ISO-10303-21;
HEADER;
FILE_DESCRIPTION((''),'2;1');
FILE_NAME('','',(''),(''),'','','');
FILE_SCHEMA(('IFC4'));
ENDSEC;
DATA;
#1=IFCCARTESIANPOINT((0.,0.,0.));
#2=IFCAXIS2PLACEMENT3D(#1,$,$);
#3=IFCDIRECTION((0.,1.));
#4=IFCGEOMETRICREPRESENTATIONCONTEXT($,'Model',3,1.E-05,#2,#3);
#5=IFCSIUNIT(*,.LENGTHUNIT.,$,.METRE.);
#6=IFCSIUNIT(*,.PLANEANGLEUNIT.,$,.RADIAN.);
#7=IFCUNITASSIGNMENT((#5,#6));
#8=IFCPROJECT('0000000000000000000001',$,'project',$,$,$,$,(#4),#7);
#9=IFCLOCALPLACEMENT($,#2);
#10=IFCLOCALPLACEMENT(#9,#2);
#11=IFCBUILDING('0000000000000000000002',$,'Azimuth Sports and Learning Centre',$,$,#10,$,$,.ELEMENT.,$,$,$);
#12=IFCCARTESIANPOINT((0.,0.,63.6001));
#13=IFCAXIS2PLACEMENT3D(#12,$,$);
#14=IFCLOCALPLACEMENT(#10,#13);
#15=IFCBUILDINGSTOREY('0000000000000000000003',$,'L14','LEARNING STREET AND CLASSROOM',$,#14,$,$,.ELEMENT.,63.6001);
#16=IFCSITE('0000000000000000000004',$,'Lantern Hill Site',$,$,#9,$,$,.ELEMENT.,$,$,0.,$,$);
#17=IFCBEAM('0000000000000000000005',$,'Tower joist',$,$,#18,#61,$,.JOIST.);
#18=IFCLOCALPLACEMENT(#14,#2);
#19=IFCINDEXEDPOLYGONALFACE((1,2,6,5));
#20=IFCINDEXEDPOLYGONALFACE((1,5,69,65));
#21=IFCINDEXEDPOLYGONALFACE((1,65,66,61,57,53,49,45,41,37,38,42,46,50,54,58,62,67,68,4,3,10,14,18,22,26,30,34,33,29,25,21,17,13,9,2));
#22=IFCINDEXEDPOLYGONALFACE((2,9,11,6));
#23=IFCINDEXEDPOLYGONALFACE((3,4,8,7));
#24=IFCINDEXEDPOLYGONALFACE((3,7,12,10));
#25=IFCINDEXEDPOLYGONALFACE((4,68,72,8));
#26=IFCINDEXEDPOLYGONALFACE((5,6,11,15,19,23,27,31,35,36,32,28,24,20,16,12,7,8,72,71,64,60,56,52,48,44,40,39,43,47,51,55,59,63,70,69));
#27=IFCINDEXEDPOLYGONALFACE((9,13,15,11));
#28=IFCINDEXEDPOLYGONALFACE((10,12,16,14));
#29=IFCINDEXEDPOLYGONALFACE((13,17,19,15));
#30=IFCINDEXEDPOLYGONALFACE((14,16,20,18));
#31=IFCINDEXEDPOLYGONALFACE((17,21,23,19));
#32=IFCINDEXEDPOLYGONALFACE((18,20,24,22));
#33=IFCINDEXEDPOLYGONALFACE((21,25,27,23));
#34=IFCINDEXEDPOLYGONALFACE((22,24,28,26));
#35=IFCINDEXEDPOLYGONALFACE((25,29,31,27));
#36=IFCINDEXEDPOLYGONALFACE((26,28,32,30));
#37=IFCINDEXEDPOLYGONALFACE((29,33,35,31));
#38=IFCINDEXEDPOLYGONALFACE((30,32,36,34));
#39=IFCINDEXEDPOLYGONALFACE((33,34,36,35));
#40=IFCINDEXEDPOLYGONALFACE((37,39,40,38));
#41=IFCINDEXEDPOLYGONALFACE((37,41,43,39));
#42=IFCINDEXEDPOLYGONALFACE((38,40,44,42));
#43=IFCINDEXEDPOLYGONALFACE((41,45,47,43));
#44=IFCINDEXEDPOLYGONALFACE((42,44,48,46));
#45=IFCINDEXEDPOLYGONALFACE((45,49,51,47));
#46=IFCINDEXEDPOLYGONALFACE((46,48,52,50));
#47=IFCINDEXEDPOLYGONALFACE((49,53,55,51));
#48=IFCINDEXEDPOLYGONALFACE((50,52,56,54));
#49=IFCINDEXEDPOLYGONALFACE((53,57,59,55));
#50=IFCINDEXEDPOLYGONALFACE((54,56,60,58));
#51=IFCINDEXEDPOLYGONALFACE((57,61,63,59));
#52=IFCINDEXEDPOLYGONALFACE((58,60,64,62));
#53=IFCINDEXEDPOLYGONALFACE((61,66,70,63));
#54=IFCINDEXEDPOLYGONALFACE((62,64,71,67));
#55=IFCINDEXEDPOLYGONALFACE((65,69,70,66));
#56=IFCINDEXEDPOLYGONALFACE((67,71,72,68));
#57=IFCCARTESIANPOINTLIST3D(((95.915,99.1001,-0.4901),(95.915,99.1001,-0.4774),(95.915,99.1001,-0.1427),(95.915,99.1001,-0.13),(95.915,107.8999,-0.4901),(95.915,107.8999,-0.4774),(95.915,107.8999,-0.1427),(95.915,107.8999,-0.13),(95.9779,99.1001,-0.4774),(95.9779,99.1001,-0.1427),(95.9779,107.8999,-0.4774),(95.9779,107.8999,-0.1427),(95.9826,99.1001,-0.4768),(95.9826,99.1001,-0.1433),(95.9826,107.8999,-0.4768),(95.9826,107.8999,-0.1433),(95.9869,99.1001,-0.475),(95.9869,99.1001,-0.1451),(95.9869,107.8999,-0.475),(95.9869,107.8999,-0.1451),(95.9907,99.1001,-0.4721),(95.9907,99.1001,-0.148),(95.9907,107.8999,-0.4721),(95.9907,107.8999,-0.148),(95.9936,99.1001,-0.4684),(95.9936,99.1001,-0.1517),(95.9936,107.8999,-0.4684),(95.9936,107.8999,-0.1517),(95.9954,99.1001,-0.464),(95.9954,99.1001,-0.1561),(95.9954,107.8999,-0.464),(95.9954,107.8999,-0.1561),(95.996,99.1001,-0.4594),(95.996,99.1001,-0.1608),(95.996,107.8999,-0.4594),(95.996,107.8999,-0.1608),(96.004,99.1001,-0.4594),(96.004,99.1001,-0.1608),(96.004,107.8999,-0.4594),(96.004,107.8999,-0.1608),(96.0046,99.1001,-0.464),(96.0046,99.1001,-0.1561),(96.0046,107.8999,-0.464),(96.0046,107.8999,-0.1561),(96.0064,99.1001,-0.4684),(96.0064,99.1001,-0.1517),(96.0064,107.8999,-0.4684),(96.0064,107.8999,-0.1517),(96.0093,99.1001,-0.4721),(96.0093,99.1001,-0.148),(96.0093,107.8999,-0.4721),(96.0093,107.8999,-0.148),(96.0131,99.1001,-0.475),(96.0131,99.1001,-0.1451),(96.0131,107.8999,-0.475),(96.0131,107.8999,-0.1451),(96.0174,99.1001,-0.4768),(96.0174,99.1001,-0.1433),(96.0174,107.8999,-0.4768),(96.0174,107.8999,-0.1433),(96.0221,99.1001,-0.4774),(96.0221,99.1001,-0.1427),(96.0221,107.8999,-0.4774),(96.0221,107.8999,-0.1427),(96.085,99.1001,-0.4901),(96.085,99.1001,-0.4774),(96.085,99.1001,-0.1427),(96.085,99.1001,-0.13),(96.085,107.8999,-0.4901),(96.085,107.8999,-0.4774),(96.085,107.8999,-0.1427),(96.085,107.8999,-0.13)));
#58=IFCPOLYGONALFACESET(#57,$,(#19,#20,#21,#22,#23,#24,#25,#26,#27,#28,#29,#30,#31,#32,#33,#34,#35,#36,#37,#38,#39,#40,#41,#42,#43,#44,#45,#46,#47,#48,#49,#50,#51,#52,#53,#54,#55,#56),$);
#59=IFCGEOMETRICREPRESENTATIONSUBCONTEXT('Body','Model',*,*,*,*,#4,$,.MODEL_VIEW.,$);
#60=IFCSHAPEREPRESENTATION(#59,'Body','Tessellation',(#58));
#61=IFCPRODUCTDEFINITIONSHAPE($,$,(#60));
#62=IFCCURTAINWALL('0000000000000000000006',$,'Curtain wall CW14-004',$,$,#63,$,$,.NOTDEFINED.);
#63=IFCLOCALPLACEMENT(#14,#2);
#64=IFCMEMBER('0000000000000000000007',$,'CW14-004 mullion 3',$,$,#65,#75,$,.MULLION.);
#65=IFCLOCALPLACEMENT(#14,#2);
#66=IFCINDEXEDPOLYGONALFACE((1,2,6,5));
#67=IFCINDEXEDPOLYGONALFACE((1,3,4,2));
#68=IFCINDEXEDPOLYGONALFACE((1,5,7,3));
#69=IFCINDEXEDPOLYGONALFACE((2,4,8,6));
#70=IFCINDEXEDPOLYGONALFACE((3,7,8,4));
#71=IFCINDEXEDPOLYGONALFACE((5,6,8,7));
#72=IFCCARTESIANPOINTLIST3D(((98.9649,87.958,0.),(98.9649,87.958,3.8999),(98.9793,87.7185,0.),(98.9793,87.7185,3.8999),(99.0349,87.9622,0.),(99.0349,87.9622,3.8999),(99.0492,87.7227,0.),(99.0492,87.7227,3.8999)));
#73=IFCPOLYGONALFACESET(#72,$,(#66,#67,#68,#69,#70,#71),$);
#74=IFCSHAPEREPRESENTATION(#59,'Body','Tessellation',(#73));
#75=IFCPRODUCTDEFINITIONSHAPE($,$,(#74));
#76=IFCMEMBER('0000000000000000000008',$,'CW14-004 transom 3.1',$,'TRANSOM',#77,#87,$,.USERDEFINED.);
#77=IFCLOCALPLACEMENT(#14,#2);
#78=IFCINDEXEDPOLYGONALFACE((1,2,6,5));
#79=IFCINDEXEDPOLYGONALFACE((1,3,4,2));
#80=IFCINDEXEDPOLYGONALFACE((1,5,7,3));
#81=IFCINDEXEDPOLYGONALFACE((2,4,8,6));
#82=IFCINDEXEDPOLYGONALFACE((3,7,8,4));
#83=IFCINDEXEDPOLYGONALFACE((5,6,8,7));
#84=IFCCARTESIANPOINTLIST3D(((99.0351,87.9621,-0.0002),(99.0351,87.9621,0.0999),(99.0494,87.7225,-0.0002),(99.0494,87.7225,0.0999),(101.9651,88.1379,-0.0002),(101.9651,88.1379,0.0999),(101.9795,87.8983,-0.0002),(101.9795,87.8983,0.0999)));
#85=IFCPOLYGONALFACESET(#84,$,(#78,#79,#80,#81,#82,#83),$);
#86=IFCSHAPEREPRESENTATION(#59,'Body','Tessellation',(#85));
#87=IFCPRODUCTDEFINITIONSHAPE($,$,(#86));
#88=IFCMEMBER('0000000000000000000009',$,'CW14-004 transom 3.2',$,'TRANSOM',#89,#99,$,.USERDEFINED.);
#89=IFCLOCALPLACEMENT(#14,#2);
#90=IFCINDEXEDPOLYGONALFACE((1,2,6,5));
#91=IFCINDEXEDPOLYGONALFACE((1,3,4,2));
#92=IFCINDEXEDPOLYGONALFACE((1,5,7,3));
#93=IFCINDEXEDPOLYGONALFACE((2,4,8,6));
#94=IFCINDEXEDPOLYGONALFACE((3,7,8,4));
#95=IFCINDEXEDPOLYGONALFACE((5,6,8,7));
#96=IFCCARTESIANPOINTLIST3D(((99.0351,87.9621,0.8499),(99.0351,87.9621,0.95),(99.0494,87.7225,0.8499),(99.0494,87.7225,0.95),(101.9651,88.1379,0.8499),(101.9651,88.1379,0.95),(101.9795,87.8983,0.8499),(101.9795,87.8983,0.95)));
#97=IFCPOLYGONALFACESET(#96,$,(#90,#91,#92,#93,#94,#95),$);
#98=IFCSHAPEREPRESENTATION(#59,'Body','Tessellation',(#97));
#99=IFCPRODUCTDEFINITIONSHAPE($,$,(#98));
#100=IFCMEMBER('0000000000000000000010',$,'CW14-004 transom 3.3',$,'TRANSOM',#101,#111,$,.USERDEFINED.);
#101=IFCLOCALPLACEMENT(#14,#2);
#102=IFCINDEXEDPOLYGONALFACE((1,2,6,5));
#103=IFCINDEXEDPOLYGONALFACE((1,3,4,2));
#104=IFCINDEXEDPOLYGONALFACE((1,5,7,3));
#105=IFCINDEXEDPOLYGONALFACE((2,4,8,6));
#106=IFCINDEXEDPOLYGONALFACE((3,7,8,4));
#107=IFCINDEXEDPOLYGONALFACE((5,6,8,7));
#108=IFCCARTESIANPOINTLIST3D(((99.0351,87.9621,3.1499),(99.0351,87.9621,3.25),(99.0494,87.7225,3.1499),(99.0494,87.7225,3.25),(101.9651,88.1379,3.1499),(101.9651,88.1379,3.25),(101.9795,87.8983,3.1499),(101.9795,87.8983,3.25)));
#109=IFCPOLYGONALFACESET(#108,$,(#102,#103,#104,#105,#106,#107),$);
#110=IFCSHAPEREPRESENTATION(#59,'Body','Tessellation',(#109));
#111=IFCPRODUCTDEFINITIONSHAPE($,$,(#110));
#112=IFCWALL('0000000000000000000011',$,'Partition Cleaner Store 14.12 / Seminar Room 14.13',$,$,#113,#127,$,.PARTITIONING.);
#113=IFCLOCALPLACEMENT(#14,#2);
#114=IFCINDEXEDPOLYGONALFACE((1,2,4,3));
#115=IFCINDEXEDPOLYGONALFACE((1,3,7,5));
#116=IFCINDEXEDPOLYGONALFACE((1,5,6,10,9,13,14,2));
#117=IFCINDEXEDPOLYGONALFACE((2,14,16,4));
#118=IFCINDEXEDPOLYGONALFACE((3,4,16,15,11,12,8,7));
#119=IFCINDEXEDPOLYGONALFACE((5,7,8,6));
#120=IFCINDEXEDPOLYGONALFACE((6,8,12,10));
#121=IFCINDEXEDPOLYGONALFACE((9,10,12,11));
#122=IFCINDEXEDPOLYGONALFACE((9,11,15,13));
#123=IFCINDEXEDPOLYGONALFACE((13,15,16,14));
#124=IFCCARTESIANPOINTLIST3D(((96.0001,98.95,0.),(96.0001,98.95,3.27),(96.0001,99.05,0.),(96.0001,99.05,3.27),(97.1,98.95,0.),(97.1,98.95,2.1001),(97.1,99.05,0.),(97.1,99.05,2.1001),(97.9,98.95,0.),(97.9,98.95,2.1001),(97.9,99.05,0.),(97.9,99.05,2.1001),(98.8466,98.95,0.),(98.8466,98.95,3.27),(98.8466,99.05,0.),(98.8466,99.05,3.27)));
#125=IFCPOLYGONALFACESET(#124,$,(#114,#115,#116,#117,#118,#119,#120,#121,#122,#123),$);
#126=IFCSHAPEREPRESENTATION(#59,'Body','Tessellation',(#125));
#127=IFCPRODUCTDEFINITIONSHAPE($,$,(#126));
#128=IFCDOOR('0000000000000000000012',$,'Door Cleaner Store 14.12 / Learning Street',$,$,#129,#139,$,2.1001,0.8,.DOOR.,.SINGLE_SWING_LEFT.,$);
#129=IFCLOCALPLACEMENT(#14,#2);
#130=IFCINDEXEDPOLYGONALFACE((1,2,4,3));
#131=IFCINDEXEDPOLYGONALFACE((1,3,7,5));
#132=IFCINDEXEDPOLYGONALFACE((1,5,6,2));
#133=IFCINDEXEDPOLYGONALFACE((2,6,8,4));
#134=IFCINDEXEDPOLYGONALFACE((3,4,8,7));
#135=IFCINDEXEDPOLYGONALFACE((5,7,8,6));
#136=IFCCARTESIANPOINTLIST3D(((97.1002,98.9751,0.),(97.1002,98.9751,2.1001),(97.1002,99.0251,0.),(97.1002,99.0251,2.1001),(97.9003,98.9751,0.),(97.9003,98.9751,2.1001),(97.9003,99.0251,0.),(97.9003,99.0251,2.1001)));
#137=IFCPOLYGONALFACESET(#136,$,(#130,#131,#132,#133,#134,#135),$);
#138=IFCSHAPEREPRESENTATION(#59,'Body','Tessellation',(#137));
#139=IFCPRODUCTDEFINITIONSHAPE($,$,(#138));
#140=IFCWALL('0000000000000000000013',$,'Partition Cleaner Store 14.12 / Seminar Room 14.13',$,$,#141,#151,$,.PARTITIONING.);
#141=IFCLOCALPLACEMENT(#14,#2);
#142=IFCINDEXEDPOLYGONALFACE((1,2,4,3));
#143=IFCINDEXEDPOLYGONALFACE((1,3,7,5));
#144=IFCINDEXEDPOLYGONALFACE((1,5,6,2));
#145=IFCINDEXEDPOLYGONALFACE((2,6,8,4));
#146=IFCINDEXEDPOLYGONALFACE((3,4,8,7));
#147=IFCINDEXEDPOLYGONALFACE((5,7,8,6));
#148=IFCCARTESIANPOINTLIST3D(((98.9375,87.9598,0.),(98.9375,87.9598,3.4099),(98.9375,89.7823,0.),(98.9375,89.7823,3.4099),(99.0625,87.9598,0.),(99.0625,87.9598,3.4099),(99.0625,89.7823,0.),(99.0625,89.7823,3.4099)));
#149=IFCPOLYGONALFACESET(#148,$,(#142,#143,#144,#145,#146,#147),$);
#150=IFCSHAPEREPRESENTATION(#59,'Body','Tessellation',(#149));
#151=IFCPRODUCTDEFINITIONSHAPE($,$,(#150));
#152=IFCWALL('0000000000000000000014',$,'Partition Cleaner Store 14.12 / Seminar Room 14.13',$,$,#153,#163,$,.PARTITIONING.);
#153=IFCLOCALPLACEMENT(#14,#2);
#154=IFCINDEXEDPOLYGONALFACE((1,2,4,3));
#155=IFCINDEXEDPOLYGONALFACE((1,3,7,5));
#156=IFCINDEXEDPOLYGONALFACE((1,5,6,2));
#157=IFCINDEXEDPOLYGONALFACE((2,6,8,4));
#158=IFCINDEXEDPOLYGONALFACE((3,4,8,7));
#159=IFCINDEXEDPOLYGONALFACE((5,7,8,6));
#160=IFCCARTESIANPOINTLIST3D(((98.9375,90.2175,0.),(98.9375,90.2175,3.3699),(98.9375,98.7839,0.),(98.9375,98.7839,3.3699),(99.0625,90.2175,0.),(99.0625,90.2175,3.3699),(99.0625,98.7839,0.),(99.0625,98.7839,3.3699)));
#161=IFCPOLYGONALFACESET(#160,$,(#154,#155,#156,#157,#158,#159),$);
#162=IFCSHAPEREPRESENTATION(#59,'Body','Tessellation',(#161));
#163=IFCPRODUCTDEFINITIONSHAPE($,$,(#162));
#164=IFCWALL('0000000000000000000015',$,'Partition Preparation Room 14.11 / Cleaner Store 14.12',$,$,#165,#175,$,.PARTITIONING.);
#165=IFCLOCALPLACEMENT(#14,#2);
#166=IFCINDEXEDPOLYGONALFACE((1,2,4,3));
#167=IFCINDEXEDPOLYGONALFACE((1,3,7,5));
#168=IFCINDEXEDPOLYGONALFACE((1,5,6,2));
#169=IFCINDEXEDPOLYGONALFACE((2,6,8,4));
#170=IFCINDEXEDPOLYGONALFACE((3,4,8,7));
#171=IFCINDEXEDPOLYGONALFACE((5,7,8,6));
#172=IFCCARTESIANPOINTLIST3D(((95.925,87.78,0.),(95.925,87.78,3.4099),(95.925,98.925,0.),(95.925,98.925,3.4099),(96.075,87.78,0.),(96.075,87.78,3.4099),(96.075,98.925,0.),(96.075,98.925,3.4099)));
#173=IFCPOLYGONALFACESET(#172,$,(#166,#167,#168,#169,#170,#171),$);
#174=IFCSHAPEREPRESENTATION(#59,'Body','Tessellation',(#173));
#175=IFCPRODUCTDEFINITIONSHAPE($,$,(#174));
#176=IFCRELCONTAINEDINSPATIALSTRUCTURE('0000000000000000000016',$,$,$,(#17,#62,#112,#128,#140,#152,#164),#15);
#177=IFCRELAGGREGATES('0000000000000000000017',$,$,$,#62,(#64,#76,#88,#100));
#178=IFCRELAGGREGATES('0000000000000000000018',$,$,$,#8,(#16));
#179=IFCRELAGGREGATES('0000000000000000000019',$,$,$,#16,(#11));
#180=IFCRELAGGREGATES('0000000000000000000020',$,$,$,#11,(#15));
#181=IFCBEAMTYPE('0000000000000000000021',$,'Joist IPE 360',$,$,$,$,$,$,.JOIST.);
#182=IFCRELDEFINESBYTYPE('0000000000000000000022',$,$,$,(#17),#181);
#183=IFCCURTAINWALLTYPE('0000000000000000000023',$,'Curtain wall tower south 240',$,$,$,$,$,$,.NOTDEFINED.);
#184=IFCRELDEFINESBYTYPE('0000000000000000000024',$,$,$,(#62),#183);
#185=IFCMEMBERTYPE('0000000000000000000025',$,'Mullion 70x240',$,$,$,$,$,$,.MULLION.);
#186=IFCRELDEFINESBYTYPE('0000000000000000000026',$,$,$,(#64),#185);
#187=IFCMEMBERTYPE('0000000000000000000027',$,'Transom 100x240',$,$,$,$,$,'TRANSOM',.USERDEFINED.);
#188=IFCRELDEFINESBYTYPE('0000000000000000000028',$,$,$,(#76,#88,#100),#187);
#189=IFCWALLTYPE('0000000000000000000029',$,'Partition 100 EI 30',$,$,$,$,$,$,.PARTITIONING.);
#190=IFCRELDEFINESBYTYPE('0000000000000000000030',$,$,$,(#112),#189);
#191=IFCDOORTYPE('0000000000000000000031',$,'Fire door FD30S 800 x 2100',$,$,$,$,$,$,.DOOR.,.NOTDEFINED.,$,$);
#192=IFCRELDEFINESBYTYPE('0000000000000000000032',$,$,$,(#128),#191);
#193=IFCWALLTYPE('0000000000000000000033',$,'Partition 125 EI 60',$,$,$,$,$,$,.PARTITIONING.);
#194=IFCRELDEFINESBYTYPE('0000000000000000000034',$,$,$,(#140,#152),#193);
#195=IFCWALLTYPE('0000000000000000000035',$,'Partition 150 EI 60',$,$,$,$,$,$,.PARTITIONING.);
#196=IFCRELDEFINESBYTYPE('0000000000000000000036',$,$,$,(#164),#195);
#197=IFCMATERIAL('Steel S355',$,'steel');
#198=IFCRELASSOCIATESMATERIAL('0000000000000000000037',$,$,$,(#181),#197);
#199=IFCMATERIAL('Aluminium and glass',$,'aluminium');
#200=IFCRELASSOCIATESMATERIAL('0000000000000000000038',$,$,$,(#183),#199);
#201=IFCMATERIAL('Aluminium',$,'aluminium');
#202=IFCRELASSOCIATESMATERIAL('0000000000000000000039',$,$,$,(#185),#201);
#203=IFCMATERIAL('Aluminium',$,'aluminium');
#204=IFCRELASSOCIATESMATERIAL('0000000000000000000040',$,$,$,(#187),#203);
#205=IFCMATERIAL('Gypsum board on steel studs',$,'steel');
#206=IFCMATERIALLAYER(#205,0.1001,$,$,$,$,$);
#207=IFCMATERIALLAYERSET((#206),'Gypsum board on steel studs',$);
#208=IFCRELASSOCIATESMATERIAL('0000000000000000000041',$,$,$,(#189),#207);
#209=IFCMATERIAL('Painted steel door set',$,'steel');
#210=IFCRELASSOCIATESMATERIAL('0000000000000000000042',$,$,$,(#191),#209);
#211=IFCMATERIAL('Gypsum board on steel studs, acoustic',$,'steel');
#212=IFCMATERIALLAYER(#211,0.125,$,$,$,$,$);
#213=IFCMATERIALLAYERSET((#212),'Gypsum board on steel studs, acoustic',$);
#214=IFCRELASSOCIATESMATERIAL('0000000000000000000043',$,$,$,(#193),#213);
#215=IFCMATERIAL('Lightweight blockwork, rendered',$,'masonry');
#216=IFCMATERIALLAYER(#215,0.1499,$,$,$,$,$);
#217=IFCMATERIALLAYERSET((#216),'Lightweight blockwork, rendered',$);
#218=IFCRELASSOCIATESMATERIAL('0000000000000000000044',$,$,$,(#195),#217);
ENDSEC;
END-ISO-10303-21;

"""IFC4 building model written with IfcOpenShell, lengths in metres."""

from ifc_helpers import new_model, si_unit, direction, frame, frame_2d, origin, origin_2d, place, context, subcontext, project, spatial, rectangle, i_section, extrude, material, layer, layer_set, material_profile, profile_set, type_object, element, fill, aggregate, save


model = new_model("IFC4")

# Units and contexts
model_context = context("Model", 3, precision=1e-05, world=origin(), true_north=direction((0.0, 1.0)))
body_context = subcontext(model_context, "Body", "Model", "MODEL_VIEW")
ifc_project = project(units=[si_unit("LENGTHUNIT", "METRE"), si_unit("PLANEANGLEUNIT", "RADIAN")], contexts=[model_context])

# Site, building, storey
site_placement = place(None, origin())
site = spatial("IfcSite", under=ifc_project, at=site_placement, Name="Lantern Hill Site", CompositionType="ELEMENT", RefElevation=0.0)
building_placement = place(site_placement, origin())
building = spatial("IfcBuilding", under=site, at=building_placement, Name="Azimuth Sports and Learning Centre", CompositionType="ELEMENT")
storey_placement = place(building_placement, frame((0.0, 0.0, 63.6001)))
storey = spatial("IfcBuildingStorey", under=building, at=storey_placement, Name="L14", Description="LEARNING STREET AND CLASSROOM", CompositionType="ELEMENT", Elevation=63.6001)

# Beam
ifc_material_1 = material(Name="Steel S355", Category="steel")
ifc_material_profile_1 = material_profile(ifc_material_1, i_section(OverallWidth=0.1699, OverallDepth=0.3601, WebThickness=0.0081, FlangeThickness=0.0127, FilletRadius=0.0181, at=origin_2d()), Name="IPE 360")
ifc_profile_set_1 = profile_set([ifc_material_profile_1], Name="Steel S355")
beam_type_1 = type_object("IfcBeamType", Name="Joist IPE 360", PredefinedType="JOIST", material=ifc_profile_set_1)
for number, where, z_axis, x_axis, name in (
    (1, (96.0, 99.1001, -0.3101), (0.0, 1.0, 0.0), (-1.0, 0.0, 0.0), "Tower joist"),
):
    element("IfcBeam", number, at=place(storey_placement, frame(where, z_axis=z_axis, x_axis=x_axis)), inside=storey, type_object=beam_type_1, Name=name, PredefinedType="JOIST", context=body_context, shape_type="SweptSolid", body=[
        extrude(i_section(OverallWidth=0.1699, OverallDepth=0.3601, WebThickness=0.0081, FlangeThickness=0.0127, FilletRadius=0.0181, at=origin_2d()), origin(), (0.0, 0.0, 1.0), 8.7998),
    ])

# Curtain wall, members
ifc_material_2 = material(Name="Aluminium and glass", Category="aluminium")
curtain_wall_type = type_object("IfcCurtainWallType", Name="Curtain wall tower south 240", PredefinedType="NOTDEFINED", material=ifc_material_2)
curtain_wall_placement = place(storey_placement, origin())
curtain_wall = element("IfcCurtainWall", 2, at=curtain_wall_placement, inside=storey, type_object=curtain_wall_type, Name="Curtain wall CW14-004", PredefinedType="NOTDEFINED")
ifc_material_3 = material(Name="Aluminium", Category="aluminium")
ifc_material_profile_2 = material_profile(ifc_material_3, rectangle(XDim=0.24, YDim=0.0701, at=origin_2d()), Name="Mullion 70x240")
ifc_profile_set_2 = profile_set([ifc_material_profile_2], Name="Aluminium")
member_type_1 = type_object("IfcMemberType", Name="Mullion 70x240", PredefinedType="MULLION", material=ifc_profile_set_2)
member_1_placement = place(storey_placement, frame((99.0071, 87.8403, 0.0), z_axis=(0.0, 0.0, 1.0), x_axis=(-0.059892, 0.998205, 0.0)))
member_1 = element("IfcMember", 3, at=member_1_placement, type_object=member_type_1, Name="CW14-004 mullion 3", PredefinedType="MULLION", context=body_context, shape_type="SweptSolid", body=[
    extrude(rectangle(XDim=0.24, YDim=0.0701, at=origin_2d()), origin(), (0.0, 0.0, 1.0), 3.8999),
])
ifc_material_4 = material(Name="Aluminium", Category="aluminium")
ifc_material_profile_3 = material_profile(ifc_material_4, rectangle(XDim=0.24, YDim=0.1001, at=origin_2d()), Name="Transom 100x240")
ifc_profile_set_3 = profile_set([ifc_material_profile_3], Name="Aluminium")
member_type_2 = type_object("IfcMemberType", Name="Transom 100x240", ElementType="TRANSOM", PredefinedType="USERDEFINED", material=ifc_profile_set_3)
member_2_placement = place(storey_placement, frame((99.0422, 87.8423, 0.0498), z_axis=(0.998205, 0.059887, 0.0), x_axis=(-0.059887, 0.998205, 0.0)))
member_2 = element("IfcMember", 4, at=member_2_placement, type_object=member_type_2, Name="CW14-004 transom 3.1", ObjectType="TRANSOM", PredefinedType="USERDEFINED", context=body_context, shape_type="SweptSolid", body=[
    extrude(rectangle(XDim=0.24, YDim=0.1001, at=origin_2d()), origin(), (0.0, 0.0, 1.0), 2.9353),
])
member_3_placement = place(storey_placement, frame((99.0422, 87.8423, 0.8999), z_axis=(0.998205, 0.059887, 0.0), x_axis=(-0.059887, 0.998205, 0.0)))
member_3 = element("IfcMember", 5, at=member_3_placement, type_object=member_type_2, Name="CW14-004 transom 3.2", ObjectType="TRANSOM", PredefinedType="USERDEFINED", context=body_context, shape_type="SweptSolid", body=[
    extrude(rectangle(XDim=0.24, YDim=0.1001, at=origin_2d()), origin(), (0.0, 0.0, 1.0), 2.9353),
])
member_4_placement = place(storey_placement, frame((99.0422, 87.8423, 3.2), z_axis=(0.998205, 0.059887, 0.0), x_axis=(-0.059887, 0.998205, 0.0)))
member_4 = element("IfcMember", 6, at=member_4_placement, type_object=member_type_2, Name="CW14-004 transom 3.3", ObjectType="TRANSOM", PredefinedType="USERDEFINED", context=body_context, shape_type="SweptSolid", body=[
    extrude(rectangle(XDim=0.24, YDim=0.1001, at=origin_2d()), origin(), (0.0, 0.0, 1.0), 2.9353),
])
aggregate(curtain_wall, [member_1, member_2, member_3, member_4])

# Wall, opening, door
ifc_material_5 = material(Name="Gypsum board on steel studs", Category="steel")
ifc_layer_1 = layer(ifc_material_5, 0.1001)
ifc_layer_set_1 = layer_set([ifc_layer_1], Name="Gypsum board on steel studs")
wall_type_1 = type_object("IfcWallType", Name="Partition 100 EI 30", PredefinedType="PARTITIONING", material=ifc_layer_set_1)
wall_1_placement = place(storey_placement, frame((96.0, 99.0, 0.0), z_axis=(0.0, 0.0, 1.0), x_axis=(1.0, 0.0, 0.0)))
wall_1 = element("IfcWall", 7, at=wall_1_placement, inside=storey, type_object=wall_type_1, Name="Partition Cleaner Store 14.12 / Seminar Room 14.13", PredefinedType="PARTITIONING", context=body_context, shape_type="SweptSolid", body=[
    extrude(rectangle(XDim=2.8464, YDim=0.1001, at=frame_2d((1.4233, 0.0))), origin(), (0.0, 0.0, 1.0), 3.27),
])
opening_placement = place(wall_1_placement, frame((1.1001, 0.0, 0.0)))
opening = element("IfcOpeningElement", 8, at=opening_placement, cuts=wall_1, PredefinedType="OPENING", context=body_context, shape_type="SweptSolid", body=[
    extrude(rectangle(XDim=0.8, YDim=2.1001, at=frame_2d((0.3999, 1.05))), frame((0.0, 0.061, 0.0), z_axis=(0.0, -1.0, 0.0), x_axis=(1.0, 0.0, 0.0)), (0.0, 0.0, 1.0), 0.1221),
])
ifc_material_6 = material(Name="Painted steel door set", Category="steel")
door_type = type_object("IfcDoorType", Name="Fire door FD30S 800 x 2100", OperationType="NOTDEFINED", PredefinedType="DOOR", material=ifc_material_6)
door_placement = place(opening_placement, frame((0.8, 0.0, 0.0), z_axis=(0.0, 0.0, 1.0), x_axis=(-1.0, 0.0, 0.0)))
door = element("IfcDoor", 9, at=door_placement, inside=storey, type_object=door_type, Name="Door Cleaner Store 14.12 / Learning Street", OperationType="SINGLE_SWING_LEFT", OverallHeight=2.1001, OverallWidth=0.8, PredefinedType="DOOR", context=body_context, shape_type="SweptSolid", body=[
    extrude(rectangle(XDim=0.8, YDim=2.1001, at=frame_2d((0.3999, 1.05))), frame((0.0, 0.0249, 0.0), z_axis=(0.0, -1.0, 0.0), x_axis=(1.0, 0.0, 0.0)), (0.0, 0.0, 1.0), 0.05),
])
fill(opening, door)

# Walls
ifc_material_7 = material(Name="Gypsum board on steel studs, acoustic", Category="steel")
ifc_layer_2 = layer(ifc_material_7, 0.125)
ifc_layer_set_2 = layer_set([ifc_layer_2], Name="Gypsum board on steel studs, acoustic")
wall_type_2 = type_object("IfcWallType", Name="Partition 125 EI 60", PredefinedType="PARTITIONING", material=ifc_layer_set_2)
wall_2_placement = place(storey_placement, frame((99.0, 87.96, 0.0), z_axis=(0.0, 0.0, 1.0), x_axis=(0.0, 1.0, 0.0)))
element("IfcWall", 10, at=wall_2_placement, inside=storey, type_object=wall_type_2, Name="Partition Cleaner Store 14.12 / Seminar Room 14.13", PredefinedType="PARTITIONING", context=body_context, shape_type="SweptSolid", body=[
    extrude(rectangle(XDim=1.8225, YDim=0.125, at=frame_2d((0.9111, 0.0))), origin(), (0.0, 0.0, 1.0), 3.4099),
])
wall_3_placement = place(storey_placement, frame((99.0, 90.2175, 0.0), z_axis=(0.0, 0.0, 1.0), x_axis=(0.0, 1.0, 0.0)))
element("IfcWall", 11, at=wall_3_placement, inside=storey, type_object=wall_type_2, Name="Partition Cleaner Store 14.12 / Seminar Room 14.13", PredefinedType="PARTITIONING", context=body_context, shape_type="SweptSolid", body=[
    extrude(rectangle(XDim=8.5664, YDim=0.125, at=frame_2d((4.2832, 0.0))), origin(), (0.0, 0.0, 1.0), 3.3699),
])
ifc_material_8 = material(Name="Lightweight blockwork, rendered", Category="masonry")
ifc_layer_3 = layer(ifc_material_8, 0.1499)
ifc_layer_set_3 = layer_set([ifc_layer_3], Name="Lightweight blockwork, rendered")
wall_type_3 = type_object("IfcWallType", Name="Partition 150 EI 60", PredefinedType="PARTITIONING", material=ifc_layer_set_3)
wall_4_placement = place(storey_placement, frame((96.0, 87.78, 0.0), z_axis=(0.0, 0.0, 1.0), x_axis=(0.0, 1.0, 0.0)))
element("IfcWall", 12, at=wall_4_placement, inside=storey, type_object=wall_type_3, Name="Partition Preparation Room 14.11 / Cleaner Store 14.12", PredefinedType="PARTITIONING", context=body_context, shape_type="SweptSolid", body=[
    extrude(rectangle(XDim=11.145, YDim=0.1499, at=frame_2d((5.5725, 0.0))), origin(), (0.0, 0.0, 1.0), 3.4099),
])

save(model, "model.ifc")
